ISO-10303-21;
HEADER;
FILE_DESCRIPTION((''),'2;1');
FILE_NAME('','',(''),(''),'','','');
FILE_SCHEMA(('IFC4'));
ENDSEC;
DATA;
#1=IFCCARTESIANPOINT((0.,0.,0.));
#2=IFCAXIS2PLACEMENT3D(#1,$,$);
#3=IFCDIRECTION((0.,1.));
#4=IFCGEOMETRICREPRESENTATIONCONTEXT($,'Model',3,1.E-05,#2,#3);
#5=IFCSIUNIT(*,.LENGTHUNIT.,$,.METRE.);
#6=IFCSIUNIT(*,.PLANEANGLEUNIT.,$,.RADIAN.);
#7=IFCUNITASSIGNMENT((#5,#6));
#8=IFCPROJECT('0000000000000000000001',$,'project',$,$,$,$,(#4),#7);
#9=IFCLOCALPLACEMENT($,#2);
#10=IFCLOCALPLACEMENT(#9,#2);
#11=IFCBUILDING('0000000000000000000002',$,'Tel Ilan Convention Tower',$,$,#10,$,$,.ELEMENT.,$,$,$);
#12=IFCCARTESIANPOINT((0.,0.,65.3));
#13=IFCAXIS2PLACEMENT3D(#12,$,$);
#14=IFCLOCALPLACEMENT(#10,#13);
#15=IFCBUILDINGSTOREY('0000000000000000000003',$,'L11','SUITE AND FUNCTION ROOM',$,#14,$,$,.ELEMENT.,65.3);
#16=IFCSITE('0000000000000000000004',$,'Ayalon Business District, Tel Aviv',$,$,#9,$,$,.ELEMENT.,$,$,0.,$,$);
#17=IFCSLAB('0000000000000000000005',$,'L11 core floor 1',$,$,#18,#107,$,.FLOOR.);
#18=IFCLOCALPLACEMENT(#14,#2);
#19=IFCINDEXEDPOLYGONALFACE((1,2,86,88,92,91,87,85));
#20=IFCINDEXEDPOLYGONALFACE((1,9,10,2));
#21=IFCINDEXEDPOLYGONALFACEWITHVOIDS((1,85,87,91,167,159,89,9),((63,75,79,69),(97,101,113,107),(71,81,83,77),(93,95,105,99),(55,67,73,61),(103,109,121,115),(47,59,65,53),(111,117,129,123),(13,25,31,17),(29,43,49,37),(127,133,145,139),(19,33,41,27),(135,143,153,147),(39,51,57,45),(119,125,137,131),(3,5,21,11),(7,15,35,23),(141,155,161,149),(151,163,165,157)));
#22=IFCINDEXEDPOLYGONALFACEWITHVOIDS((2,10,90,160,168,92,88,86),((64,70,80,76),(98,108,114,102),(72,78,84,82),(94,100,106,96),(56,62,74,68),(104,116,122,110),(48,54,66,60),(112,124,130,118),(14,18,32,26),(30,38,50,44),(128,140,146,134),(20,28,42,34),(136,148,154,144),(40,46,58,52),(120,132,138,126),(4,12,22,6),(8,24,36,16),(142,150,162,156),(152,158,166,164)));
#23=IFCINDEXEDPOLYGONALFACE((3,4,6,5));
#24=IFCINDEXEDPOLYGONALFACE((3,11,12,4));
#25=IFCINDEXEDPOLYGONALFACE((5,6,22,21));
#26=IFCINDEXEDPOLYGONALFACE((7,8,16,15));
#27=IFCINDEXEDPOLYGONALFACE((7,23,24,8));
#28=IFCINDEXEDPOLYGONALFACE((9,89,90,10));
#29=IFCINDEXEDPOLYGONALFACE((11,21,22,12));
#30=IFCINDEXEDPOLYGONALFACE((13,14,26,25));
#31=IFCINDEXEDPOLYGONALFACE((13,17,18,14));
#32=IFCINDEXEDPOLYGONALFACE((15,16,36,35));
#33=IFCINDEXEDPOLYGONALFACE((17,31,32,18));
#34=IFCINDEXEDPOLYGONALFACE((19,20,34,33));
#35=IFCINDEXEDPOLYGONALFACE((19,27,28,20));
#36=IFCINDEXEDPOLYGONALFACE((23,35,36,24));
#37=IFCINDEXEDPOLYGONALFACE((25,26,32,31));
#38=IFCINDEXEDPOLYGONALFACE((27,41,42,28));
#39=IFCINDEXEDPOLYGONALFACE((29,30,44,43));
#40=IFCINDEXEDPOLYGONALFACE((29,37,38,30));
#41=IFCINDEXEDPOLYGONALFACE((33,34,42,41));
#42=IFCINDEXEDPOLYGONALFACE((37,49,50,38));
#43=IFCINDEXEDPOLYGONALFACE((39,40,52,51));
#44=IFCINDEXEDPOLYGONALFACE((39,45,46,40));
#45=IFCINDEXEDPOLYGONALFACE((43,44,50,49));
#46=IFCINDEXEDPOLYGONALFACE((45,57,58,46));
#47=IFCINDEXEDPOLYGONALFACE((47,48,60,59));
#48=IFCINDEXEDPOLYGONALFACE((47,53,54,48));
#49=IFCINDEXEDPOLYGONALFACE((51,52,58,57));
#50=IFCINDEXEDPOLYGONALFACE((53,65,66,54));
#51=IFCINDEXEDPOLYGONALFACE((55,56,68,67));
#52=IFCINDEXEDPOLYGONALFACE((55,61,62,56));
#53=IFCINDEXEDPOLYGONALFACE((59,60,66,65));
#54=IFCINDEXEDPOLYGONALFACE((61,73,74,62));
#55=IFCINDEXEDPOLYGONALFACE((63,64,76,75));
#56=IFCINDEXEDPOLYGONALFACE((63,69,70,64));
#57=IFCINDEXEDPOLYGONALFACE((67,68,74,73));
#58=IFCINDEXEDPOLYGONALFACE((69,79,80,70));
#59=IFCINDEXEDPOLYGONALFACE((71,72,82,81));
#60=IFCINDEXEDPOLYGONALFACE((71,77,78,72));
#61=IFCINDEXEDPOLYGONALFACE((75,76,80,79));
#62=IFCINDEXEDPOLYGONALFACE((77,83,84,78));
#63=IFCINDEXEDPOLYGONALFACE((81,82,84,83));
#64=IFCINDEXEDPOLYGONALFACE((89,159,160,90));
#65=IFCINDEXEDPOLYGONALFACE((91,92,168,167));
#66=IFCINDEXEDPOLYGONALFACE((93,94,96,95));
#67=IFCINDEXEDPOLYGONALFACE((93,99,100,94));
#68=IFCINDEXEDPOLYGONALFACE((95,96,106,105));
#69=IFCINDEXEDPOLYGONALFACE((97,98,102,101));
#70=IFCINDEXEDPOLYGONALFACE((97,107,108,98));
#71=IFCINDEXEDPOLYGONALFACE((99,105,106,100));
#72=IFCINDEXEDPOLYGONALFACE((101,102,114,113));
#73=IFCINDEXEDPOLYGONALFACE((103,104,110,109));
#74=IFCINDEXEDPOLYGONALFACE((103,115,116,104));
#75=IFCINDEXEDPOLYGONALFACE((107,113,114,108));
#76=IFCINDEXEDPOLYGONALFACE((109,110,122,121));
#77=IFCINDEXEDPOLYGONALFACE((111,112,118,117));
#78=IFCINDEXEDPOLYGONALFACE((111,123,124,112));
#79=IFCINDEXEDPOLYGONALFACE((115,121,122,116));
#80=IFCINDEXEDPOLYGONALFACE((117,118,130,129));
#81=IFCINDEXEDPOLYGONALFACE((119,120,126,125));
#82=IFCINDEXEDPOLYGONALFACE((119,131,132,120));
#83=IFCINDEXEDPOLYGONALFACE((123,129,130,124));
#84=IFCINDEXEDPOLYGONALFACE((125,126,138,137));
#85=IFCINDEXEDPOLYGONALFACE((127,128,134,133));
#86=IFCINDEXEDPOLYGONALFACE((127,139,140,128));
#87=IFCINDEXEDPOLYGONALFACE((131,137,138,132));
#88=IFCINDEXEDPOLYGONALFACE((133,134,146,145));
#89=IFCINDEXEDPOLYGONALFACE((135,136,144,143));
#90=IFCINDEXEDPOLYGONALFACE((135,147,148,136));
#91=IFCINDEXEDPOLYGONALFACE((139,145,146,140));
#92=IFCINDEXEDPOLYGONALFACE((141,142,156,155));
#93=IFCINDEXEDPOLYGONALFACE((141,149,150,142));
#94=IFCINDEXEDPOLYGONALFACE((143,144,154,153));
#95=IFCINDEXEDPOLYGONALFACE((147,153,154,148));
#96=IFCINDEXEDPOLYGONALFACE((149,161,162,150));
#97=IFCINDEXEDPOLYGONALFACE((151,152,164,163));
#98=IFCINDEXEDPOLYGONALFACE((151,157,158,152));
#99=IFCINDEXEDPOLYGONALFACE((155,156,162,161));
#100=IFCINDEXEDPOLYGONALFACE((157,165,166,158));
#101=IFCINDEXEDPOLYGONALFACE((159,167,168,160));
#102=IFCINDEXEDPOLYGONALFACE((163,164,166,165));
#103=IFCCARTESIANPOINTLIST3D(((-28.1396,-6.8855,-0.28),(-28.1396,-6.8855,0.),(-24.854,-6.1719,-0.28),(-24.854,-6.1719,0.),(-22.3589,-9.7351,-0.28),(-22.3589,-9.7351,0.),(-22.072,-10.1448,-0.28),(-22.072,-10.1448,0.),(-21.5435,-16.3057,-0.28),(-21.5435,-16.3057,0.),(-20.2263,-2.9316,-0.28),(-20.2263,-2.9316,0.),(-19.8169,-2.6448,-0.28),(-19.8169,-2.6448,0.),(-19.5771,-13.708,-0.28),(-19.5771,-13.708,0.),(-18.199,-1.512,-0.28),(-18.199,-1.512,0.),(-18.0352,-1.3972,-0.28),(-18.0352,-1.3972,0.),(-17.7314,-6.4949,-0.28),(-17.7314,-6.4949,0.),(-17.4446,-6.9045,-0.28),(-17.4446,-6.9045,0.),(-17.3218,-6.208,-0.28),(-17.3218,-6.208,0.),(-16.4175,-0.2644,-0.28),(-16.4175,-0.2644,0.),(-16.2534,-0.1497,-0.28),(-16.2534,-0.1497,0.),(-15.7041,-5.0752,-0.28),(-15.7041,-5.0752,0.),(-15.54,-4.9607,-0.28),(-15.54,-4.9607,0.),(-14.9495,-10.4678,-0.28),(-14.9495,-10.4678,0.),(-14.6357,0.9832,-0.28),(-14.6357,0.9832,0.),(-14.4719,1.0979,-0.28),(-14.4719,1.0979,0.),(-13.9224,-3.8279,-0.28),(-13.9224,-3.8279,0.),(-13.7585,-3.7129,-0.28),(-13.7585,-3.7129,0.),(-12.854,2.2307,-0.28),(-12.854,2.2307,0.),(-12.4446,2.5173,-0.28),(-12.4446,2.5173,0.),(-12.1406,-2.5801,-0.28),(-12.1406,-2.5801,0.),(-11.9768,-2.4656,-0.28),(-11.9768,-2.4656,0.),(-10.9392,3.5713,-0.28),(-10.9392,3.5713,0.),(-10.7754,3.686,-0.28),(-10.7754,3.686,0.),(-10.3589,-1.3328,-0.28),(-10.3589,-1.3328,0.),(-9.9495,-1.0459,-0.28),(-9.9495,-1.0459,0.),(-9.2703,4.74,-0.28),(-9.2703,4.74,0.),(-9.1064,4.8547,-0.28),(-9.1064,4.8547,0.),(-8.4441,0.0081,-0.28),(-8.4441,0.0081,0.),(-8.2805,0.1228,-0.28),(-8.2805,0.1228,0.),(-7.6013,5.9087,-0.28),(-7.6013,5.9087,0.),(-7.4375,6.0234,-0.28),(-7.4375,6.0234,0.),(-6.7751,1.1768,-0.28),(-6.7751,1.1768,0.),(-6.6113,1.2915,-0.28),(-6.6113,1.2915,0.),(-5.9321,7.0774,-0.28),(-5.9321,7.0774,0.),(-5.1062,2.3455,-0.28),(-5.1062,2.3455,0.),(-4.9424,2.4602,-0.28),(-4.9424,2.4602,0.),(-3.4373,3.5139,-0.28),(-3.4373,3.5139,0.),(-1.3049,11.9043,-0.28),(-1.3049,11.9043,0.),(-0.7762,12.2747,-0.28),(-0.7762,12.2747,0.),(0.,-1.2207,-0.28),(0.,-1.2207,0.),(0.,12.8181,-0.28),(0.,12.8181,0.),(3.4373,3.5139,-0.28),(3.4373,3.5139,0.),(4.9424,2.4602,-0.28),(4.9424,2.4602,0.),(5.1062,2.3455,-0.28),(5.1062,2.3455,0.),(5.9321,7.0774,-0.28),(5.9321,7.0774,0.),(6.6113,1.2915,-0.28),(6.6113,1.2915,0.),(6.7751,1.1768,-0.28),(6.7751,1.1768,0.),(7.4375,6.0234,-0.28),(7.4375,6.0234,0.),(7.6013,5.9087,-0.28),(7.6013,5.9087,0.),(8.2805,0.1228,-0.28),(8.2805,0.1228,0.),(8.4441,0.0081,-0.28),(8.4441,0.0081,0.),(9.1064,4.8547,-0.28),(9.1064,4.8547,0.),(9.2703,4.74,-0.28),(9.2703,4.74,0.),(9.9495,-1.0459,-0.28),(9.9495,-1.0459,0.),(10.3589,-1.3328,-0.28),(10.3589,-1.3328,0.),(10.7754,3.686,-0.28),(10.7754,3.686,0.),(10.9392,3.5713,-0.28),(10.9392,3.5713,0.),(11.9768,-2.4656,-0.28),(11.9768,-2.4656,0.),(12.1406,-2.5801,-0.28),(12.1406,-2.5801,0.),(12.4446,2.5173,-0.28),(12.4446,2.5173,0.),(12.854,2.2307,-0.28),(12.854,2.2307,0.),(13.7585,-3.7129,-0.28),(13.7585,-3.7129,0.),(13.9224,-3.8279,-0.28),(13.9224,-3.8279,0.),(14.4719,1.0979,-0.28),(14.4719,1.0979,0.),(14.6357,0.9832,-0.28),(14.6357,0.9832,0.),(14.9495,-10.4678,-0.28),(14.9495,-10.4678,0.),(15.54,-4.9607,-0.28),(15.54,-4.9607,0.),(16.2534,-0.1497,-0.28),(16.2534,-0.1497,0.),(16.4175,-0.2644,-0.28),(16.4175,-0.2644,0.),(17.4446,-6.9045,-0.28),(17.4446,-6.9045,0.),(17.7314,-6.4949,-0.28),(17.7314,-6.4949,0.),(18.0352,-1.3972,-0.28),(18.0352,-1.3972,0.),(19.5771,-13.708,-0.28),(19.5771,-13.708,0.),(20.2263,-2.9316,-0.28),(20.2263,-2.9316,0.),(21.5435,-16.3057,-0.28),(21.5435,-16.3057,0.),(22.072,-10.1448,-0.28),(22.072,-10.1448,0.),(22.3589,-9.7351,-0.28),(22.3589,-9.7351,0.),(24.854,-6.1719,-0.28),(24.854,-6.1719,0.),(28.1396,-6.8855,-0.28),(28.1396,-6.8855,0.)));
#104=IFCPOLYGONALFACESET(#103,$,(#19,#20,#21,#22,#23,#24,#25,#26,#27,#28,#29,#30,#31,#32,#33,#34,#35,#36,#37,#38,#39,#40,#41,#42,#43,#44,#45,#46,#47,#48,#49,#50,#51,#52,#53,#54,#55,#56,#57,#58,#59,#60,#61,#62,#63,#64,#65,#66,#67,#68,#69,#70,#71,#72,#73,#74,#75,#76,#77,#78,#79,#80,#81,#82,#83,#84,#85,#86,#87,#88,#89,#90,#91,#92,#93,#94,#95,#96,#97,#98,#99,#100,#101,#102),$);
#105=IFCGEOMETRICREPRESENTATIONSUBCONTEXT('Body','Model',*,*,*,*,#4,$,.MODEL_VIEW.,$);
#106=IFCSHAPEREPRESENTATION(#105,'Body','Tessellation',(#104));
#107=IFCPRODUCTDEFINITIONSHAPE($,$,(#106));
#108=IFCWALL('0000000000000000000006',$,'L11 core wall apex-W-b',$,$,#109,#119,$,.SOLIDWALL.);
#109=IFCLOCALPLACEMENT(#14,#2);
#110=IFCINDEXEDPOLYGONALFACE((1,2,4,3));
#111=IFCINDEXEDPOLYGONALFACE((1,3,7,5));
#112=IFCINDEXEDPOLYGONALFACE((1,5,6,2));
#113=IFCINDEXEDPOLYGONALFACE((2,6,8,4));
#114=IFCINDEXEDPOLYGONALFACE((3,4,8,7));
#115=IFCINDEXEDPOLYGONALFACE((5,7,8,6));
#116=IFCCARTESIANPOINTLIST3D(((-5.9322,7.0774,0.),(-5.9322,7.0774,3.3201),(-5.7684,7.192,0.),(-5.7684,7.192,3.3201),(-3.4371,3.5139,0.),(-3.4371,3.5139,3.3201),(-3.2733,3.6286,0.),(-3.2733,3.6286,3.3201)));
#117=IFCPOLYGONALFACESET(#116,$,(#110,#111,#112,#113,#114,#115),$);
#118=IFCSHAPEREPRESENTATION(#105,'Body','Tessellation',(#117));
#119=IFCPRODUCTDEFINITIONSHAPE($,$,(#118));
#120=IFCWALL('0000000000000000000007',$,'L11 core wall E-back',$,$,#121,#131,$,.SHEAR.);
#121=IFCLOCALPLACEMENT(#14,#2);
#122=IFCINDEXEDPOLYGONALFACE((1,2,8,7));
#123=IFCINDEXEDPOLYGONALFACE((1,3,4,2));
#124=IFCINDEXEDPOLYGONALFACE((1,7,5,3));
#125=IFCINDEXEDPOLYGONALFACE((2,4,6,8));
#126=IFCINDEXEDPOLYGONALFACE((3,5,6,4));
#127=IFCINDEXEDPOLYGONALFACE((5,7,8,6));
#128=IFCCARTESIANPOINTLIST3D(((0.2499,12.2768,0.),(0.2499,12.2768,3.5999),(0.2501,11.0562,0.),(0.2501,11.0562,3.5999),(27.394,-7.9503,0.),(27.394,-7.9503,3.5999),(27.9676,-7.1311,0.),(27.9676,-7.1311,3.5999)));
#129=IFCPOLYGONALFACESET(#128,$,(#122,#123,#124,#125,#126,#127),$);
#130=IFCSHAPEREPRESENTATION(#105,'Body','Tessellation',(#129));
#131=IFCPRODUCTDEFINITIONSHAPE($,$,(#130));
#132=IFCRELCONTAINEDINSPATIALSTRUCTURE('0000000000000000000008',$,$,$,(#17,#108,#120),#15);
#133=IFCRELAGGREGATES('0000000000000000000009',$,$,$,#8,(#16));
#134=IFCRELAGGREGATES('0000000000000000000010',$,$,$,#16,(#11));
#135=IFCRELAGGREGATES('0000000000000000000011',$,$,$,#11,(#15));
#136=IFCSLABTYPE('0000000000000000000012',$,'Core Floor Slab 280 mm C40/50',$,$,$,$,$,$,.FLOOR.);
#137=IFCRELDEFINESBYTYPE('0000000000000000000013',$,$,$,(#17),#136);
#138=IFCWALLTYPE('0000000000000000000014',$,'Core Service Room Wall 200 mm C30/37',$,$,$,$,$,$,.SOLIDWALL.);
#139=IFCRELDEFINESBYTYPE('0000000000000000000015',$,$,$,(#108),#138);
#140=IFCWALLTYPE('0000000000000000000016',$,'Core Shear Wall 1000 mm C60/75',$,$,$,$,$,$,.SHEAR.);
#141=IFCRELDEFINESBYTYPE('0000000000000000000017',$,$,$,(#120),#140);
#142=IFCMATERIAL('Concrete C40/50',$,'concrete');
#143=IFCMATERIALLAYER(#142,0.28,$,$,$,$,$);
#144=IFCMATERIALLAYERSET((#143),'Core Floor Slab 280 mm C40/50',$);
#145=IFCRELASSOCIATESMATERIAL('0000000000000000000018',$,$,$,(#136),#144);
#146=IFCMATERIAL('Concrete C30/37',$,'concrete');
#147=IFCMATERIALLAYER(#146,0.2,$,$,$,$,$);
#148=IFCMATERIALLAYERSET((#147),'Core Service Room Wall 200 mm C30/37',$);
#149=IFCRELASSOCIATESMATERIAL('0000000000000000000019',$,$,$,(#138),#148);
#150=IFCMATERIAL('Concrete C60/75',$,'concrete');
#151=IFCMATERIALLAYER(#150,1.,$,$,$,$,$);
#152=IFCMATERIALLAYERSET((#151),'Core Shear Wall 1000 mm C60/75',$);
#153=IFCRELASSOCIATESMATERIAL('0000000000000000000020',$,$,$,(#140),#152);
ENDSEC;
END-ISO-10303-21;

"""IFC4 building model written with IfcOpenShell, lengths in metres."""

from ifc_helpers import new_model, si_unit, direction, frame, frame_2d, origin, place, context, subcontext, project, spatial, polyline, rectangle, outline, extrude, material, layer, layer_set, type_object, element, save


model = new_model("IFC4")

# Units and contexts
model_context = context("Model", 3, precision=1e-05, world=origin(), true_north=direction((0.0, 1.0)))
body_context = subcontext(model_context, "Body", "Model", "MODEL_VIEW")
ifc_project = project(units=[si_unit("LENGTHUNIT", "METRE"), si_unit("PLANEANGLEUNIT", "RADIAN")], contexts=[model_context])

# Site, building, storey
site_placement = place(None, origin())
site = spatial("IfcSite", under=ifc_project, at=site_placement, Name="Ayalon Business District, Tel Aviv", CompositionType="ELEMENT", RefElevation=0.0)
building_placement = place(site_placement, origin())
building = spatial("IfcBuilding", under=site, at=building_placement, Name="Tel Ilan Convention Tower", CompositionType="ELEMENT")
storey_placement = place(building_placement, frame((0.0, 0.0, 65.3)))
storey = spatial("IfcBuildingStorey", under=building, at=storey_placement, Name="L11", Description="SUITE AND FUNCTION ROOM", CompositionType="ELEMENT", Elevation=65.3)

# Slab
ifc_material_1 = material(Name="Concrete C40/50", Category="concrete")
ifc_layer_1 = layer(ifc_material_1, 0.28)
ifc_layer_set_1 = layer_set([ifc_layer_1], Name="Core Floor Slab 280 mm C40/50")
slab_type_1 = type_object("IfcSlabType", Name="Core Floor Slab 280 mm C40/50", PredefinedType="FLOOR", material=ifc_layer_set_1)
slab_1_placement = place(storey_placement, frame((0.0, 0.0, -0.28)))
element("IfcSlab", 1, at=slab_1_placement, inside=storey, type_object=slab_type_1, Name="L11 core floor 1", PredefinedType="FLOOR", context=body_context, shape_type="SweptSolid", body=[
    extrude(outline(polyline([(-0.2412, 12.6494), (-1.021, 12.1033), (0.0, 12.8181), (28.1396, -6.8855), (21.5435, -16.3057), (0.0, -1.2207), (-21.5435, -16.3057), (-28.1396, -6.8855), (-1.3049, 11.9043), (-0.2412, 12.6494), (-6.1907, 8.4834), (-0.2412, 12.6494)]), holes=[polyline([(-14.9495, -10.4678), (-17.4446, -6.9045), (-22.072, -10.1448), (-19.5771, -13.708), (-14.9495, -10.4678)]), polyline([(-17.7314, -6.4949), (-20.2263, -2.9316), (-24.854, -6.1719), (-22.3589, -9.7351), (-17.7314, -6.4949)]), polyline([(-18.199, -1.512), (-19.8169, -2.6448), (-17.3218, -6.208), (-15.7041, -5.0752), (-18.199, -1.512)]), polyline([(-16.4175, -0.2644), (-18.0352, -1.3972), (-15.54, -4.9607), (-13.9224, -3.8279), (-16.4175, -0.2644)]), polyline([(-14.6357, 0.9832), (-16.2534, -0.1497), (-13.7585, -3.7129), (-12.1406, -2.5801), (-14.6357, 0.9832)]), polyline([(-12.854, 2.2307), (-14.4719, 1.0979), (-11.9768, -2.4656), (-10.3589, -1.3328), (-12.854, 2.2307)]), polyline([(-10.9392, 3.5713), (-12.4446, 2.5173), (-9.9495, -1.0459), (-8.4441, 0.0081), (-10.9392, 3.5713)]), polyline([(-6.7751, 1.1768), (-9.2703, 4.74), (-10.7754, 3.686), (-8.2805, 0.1228), (-6.7751, 1.1768)]), polyline([(-5.1062, 2.3455), (-7.6013, 5.9087), (-9.1064, 4.8547), (-6.6113, 1.2915), (-5.1062, 2.3455)]), polyline([(-5.9321, 7.0774), (-7.4375, 6.0234), (-4.9424, 2.4602), (-3.4373, 3.5139), (-5.9321, 7.0774)]), polyline([(17.4446, -6.9045), (14.9495, -10.4678), (19.5771, -13.708), (22.072, -10.1448), (17.4446, -6.9045)]), polyline([(20.2263, -2.9316), (17.7314, -6.4949), (22.3589, -9.7351), (24.854, -6.1719), (20.2263, -2.9316)]), polyline([(13.9224, -3.8279), (15.54, -4.9607), (18.0352, -1.3972), (16.4175, -0.2644), (13.9224, -3.8279)]), polyline([(12.1406, -2.5801), (13.7585, -3.7129), (16.2534, -0.1497), (14.6357, 0.9832), (12.1406, -2.5801)]), polyline([(11.9768, -2.4656), (14.4719, 1.0979), (12.854, 2.2307), (10.3589, -1.3328), (11.9768, -2.4656)]), polyline([(9.9495, -1.0459), (12.4446, 2.5173), (10.9392, 3.5713), (8.4441, 0.0081), (9.9495, -1.0459)]), polyline([(8.2805, 0.1228), (10.7754, 3.686), (9.2703, 4.74), (6.7751, 1.1768), (8.2805, 0.1228)]), polyline([(5.1062, 2.3455), (6.6113, 1.2915), (9.1064, 4.8547), (7.6013, 5.9087), (5.1062, 2.3455)]), polyline([(3.4373, 3.5139), (4.9424, 2.4602), (7.4375, 6.0234), (5.9321, 7.0774), (3.4373, 3.5139)])]), origin(), (0.0, 0.0, 1.0), 0.28),
])

# Walls
ifc_material_2 = material(Name="Concrete C30/37", Category="concrete")
ifc_layer_2 = layer(ifc_material_2, 0.2)
ifc_layer_set_2 = layer_set([ifc_layer_2], Name="Core Service Room Wall 200 mm C30/37")
wall_type_1 = type_object("IfcWallType", Name="Core Service Room Wall 200 mm C30/37", PredefinedType="SOLIDWALL", material=ifc_layer_set_2)
wall_1_placement = place(storey_placement, frame((-3.3552, 3.5713, 0.0), z_axis=(0.0, 0.0, 1.0), x_axis=(-0.573568, 0.819158, 0.0)))
element("IfcWall", 2, at=wall_1_placement, inside=storey, type_object=wall_type_1, Name="L11 core wall apex-W-b", PredefinedType="SOLIDWALL", context=body_context, shape_type="SweptSolid", body=[
    extrude(rectangle(XDim=4.3501, YDim=0.2, at=frame_2d((2.175, 0.0))), origin(), (0.0, 0.0, 1.0), 3.3201),
])
ifc_material_3 = material(Name="Concrete C60/75", Category="concrete")
ifc_layer_3 = layer(ifc_material_3, 1.0)
ifc_layer_set_3 = layer_set([ifc_layer_3], Name="Core Shear Wall 1000 mm C60/75")
wall_type_2 = type_object("IfcWallType", Name="Core Shear Wall 1000 mm C60/75", PredefinedType="SHEAR", material=ifc_layer_set_3)
wall_2_placement = place(storey_placement, frame((-0.0369, 11.8672, 0.0), z_axis=(0.0, 0.0, 1.0), x_axis=(0.819155, -0.573572, 0.0)))
element("IfcWall", 3, at=wall_2_placement, inside=storey, type_object=wall_type_2, Name="L11 core wall E-back", PredefinedType="SHEAR", context=body_context, shape_type="SweptSolid", body=[
    extrude(outline(polyline([(33.8369, 0.5), (0.0, 0.5), (0.7002, -0.4998), (33.8369, -0.5), (33.8369, 0.5)])), origin(), (0.0, 0.0, 1.0), 3.5999),
])

save(model, "model.ifc")
